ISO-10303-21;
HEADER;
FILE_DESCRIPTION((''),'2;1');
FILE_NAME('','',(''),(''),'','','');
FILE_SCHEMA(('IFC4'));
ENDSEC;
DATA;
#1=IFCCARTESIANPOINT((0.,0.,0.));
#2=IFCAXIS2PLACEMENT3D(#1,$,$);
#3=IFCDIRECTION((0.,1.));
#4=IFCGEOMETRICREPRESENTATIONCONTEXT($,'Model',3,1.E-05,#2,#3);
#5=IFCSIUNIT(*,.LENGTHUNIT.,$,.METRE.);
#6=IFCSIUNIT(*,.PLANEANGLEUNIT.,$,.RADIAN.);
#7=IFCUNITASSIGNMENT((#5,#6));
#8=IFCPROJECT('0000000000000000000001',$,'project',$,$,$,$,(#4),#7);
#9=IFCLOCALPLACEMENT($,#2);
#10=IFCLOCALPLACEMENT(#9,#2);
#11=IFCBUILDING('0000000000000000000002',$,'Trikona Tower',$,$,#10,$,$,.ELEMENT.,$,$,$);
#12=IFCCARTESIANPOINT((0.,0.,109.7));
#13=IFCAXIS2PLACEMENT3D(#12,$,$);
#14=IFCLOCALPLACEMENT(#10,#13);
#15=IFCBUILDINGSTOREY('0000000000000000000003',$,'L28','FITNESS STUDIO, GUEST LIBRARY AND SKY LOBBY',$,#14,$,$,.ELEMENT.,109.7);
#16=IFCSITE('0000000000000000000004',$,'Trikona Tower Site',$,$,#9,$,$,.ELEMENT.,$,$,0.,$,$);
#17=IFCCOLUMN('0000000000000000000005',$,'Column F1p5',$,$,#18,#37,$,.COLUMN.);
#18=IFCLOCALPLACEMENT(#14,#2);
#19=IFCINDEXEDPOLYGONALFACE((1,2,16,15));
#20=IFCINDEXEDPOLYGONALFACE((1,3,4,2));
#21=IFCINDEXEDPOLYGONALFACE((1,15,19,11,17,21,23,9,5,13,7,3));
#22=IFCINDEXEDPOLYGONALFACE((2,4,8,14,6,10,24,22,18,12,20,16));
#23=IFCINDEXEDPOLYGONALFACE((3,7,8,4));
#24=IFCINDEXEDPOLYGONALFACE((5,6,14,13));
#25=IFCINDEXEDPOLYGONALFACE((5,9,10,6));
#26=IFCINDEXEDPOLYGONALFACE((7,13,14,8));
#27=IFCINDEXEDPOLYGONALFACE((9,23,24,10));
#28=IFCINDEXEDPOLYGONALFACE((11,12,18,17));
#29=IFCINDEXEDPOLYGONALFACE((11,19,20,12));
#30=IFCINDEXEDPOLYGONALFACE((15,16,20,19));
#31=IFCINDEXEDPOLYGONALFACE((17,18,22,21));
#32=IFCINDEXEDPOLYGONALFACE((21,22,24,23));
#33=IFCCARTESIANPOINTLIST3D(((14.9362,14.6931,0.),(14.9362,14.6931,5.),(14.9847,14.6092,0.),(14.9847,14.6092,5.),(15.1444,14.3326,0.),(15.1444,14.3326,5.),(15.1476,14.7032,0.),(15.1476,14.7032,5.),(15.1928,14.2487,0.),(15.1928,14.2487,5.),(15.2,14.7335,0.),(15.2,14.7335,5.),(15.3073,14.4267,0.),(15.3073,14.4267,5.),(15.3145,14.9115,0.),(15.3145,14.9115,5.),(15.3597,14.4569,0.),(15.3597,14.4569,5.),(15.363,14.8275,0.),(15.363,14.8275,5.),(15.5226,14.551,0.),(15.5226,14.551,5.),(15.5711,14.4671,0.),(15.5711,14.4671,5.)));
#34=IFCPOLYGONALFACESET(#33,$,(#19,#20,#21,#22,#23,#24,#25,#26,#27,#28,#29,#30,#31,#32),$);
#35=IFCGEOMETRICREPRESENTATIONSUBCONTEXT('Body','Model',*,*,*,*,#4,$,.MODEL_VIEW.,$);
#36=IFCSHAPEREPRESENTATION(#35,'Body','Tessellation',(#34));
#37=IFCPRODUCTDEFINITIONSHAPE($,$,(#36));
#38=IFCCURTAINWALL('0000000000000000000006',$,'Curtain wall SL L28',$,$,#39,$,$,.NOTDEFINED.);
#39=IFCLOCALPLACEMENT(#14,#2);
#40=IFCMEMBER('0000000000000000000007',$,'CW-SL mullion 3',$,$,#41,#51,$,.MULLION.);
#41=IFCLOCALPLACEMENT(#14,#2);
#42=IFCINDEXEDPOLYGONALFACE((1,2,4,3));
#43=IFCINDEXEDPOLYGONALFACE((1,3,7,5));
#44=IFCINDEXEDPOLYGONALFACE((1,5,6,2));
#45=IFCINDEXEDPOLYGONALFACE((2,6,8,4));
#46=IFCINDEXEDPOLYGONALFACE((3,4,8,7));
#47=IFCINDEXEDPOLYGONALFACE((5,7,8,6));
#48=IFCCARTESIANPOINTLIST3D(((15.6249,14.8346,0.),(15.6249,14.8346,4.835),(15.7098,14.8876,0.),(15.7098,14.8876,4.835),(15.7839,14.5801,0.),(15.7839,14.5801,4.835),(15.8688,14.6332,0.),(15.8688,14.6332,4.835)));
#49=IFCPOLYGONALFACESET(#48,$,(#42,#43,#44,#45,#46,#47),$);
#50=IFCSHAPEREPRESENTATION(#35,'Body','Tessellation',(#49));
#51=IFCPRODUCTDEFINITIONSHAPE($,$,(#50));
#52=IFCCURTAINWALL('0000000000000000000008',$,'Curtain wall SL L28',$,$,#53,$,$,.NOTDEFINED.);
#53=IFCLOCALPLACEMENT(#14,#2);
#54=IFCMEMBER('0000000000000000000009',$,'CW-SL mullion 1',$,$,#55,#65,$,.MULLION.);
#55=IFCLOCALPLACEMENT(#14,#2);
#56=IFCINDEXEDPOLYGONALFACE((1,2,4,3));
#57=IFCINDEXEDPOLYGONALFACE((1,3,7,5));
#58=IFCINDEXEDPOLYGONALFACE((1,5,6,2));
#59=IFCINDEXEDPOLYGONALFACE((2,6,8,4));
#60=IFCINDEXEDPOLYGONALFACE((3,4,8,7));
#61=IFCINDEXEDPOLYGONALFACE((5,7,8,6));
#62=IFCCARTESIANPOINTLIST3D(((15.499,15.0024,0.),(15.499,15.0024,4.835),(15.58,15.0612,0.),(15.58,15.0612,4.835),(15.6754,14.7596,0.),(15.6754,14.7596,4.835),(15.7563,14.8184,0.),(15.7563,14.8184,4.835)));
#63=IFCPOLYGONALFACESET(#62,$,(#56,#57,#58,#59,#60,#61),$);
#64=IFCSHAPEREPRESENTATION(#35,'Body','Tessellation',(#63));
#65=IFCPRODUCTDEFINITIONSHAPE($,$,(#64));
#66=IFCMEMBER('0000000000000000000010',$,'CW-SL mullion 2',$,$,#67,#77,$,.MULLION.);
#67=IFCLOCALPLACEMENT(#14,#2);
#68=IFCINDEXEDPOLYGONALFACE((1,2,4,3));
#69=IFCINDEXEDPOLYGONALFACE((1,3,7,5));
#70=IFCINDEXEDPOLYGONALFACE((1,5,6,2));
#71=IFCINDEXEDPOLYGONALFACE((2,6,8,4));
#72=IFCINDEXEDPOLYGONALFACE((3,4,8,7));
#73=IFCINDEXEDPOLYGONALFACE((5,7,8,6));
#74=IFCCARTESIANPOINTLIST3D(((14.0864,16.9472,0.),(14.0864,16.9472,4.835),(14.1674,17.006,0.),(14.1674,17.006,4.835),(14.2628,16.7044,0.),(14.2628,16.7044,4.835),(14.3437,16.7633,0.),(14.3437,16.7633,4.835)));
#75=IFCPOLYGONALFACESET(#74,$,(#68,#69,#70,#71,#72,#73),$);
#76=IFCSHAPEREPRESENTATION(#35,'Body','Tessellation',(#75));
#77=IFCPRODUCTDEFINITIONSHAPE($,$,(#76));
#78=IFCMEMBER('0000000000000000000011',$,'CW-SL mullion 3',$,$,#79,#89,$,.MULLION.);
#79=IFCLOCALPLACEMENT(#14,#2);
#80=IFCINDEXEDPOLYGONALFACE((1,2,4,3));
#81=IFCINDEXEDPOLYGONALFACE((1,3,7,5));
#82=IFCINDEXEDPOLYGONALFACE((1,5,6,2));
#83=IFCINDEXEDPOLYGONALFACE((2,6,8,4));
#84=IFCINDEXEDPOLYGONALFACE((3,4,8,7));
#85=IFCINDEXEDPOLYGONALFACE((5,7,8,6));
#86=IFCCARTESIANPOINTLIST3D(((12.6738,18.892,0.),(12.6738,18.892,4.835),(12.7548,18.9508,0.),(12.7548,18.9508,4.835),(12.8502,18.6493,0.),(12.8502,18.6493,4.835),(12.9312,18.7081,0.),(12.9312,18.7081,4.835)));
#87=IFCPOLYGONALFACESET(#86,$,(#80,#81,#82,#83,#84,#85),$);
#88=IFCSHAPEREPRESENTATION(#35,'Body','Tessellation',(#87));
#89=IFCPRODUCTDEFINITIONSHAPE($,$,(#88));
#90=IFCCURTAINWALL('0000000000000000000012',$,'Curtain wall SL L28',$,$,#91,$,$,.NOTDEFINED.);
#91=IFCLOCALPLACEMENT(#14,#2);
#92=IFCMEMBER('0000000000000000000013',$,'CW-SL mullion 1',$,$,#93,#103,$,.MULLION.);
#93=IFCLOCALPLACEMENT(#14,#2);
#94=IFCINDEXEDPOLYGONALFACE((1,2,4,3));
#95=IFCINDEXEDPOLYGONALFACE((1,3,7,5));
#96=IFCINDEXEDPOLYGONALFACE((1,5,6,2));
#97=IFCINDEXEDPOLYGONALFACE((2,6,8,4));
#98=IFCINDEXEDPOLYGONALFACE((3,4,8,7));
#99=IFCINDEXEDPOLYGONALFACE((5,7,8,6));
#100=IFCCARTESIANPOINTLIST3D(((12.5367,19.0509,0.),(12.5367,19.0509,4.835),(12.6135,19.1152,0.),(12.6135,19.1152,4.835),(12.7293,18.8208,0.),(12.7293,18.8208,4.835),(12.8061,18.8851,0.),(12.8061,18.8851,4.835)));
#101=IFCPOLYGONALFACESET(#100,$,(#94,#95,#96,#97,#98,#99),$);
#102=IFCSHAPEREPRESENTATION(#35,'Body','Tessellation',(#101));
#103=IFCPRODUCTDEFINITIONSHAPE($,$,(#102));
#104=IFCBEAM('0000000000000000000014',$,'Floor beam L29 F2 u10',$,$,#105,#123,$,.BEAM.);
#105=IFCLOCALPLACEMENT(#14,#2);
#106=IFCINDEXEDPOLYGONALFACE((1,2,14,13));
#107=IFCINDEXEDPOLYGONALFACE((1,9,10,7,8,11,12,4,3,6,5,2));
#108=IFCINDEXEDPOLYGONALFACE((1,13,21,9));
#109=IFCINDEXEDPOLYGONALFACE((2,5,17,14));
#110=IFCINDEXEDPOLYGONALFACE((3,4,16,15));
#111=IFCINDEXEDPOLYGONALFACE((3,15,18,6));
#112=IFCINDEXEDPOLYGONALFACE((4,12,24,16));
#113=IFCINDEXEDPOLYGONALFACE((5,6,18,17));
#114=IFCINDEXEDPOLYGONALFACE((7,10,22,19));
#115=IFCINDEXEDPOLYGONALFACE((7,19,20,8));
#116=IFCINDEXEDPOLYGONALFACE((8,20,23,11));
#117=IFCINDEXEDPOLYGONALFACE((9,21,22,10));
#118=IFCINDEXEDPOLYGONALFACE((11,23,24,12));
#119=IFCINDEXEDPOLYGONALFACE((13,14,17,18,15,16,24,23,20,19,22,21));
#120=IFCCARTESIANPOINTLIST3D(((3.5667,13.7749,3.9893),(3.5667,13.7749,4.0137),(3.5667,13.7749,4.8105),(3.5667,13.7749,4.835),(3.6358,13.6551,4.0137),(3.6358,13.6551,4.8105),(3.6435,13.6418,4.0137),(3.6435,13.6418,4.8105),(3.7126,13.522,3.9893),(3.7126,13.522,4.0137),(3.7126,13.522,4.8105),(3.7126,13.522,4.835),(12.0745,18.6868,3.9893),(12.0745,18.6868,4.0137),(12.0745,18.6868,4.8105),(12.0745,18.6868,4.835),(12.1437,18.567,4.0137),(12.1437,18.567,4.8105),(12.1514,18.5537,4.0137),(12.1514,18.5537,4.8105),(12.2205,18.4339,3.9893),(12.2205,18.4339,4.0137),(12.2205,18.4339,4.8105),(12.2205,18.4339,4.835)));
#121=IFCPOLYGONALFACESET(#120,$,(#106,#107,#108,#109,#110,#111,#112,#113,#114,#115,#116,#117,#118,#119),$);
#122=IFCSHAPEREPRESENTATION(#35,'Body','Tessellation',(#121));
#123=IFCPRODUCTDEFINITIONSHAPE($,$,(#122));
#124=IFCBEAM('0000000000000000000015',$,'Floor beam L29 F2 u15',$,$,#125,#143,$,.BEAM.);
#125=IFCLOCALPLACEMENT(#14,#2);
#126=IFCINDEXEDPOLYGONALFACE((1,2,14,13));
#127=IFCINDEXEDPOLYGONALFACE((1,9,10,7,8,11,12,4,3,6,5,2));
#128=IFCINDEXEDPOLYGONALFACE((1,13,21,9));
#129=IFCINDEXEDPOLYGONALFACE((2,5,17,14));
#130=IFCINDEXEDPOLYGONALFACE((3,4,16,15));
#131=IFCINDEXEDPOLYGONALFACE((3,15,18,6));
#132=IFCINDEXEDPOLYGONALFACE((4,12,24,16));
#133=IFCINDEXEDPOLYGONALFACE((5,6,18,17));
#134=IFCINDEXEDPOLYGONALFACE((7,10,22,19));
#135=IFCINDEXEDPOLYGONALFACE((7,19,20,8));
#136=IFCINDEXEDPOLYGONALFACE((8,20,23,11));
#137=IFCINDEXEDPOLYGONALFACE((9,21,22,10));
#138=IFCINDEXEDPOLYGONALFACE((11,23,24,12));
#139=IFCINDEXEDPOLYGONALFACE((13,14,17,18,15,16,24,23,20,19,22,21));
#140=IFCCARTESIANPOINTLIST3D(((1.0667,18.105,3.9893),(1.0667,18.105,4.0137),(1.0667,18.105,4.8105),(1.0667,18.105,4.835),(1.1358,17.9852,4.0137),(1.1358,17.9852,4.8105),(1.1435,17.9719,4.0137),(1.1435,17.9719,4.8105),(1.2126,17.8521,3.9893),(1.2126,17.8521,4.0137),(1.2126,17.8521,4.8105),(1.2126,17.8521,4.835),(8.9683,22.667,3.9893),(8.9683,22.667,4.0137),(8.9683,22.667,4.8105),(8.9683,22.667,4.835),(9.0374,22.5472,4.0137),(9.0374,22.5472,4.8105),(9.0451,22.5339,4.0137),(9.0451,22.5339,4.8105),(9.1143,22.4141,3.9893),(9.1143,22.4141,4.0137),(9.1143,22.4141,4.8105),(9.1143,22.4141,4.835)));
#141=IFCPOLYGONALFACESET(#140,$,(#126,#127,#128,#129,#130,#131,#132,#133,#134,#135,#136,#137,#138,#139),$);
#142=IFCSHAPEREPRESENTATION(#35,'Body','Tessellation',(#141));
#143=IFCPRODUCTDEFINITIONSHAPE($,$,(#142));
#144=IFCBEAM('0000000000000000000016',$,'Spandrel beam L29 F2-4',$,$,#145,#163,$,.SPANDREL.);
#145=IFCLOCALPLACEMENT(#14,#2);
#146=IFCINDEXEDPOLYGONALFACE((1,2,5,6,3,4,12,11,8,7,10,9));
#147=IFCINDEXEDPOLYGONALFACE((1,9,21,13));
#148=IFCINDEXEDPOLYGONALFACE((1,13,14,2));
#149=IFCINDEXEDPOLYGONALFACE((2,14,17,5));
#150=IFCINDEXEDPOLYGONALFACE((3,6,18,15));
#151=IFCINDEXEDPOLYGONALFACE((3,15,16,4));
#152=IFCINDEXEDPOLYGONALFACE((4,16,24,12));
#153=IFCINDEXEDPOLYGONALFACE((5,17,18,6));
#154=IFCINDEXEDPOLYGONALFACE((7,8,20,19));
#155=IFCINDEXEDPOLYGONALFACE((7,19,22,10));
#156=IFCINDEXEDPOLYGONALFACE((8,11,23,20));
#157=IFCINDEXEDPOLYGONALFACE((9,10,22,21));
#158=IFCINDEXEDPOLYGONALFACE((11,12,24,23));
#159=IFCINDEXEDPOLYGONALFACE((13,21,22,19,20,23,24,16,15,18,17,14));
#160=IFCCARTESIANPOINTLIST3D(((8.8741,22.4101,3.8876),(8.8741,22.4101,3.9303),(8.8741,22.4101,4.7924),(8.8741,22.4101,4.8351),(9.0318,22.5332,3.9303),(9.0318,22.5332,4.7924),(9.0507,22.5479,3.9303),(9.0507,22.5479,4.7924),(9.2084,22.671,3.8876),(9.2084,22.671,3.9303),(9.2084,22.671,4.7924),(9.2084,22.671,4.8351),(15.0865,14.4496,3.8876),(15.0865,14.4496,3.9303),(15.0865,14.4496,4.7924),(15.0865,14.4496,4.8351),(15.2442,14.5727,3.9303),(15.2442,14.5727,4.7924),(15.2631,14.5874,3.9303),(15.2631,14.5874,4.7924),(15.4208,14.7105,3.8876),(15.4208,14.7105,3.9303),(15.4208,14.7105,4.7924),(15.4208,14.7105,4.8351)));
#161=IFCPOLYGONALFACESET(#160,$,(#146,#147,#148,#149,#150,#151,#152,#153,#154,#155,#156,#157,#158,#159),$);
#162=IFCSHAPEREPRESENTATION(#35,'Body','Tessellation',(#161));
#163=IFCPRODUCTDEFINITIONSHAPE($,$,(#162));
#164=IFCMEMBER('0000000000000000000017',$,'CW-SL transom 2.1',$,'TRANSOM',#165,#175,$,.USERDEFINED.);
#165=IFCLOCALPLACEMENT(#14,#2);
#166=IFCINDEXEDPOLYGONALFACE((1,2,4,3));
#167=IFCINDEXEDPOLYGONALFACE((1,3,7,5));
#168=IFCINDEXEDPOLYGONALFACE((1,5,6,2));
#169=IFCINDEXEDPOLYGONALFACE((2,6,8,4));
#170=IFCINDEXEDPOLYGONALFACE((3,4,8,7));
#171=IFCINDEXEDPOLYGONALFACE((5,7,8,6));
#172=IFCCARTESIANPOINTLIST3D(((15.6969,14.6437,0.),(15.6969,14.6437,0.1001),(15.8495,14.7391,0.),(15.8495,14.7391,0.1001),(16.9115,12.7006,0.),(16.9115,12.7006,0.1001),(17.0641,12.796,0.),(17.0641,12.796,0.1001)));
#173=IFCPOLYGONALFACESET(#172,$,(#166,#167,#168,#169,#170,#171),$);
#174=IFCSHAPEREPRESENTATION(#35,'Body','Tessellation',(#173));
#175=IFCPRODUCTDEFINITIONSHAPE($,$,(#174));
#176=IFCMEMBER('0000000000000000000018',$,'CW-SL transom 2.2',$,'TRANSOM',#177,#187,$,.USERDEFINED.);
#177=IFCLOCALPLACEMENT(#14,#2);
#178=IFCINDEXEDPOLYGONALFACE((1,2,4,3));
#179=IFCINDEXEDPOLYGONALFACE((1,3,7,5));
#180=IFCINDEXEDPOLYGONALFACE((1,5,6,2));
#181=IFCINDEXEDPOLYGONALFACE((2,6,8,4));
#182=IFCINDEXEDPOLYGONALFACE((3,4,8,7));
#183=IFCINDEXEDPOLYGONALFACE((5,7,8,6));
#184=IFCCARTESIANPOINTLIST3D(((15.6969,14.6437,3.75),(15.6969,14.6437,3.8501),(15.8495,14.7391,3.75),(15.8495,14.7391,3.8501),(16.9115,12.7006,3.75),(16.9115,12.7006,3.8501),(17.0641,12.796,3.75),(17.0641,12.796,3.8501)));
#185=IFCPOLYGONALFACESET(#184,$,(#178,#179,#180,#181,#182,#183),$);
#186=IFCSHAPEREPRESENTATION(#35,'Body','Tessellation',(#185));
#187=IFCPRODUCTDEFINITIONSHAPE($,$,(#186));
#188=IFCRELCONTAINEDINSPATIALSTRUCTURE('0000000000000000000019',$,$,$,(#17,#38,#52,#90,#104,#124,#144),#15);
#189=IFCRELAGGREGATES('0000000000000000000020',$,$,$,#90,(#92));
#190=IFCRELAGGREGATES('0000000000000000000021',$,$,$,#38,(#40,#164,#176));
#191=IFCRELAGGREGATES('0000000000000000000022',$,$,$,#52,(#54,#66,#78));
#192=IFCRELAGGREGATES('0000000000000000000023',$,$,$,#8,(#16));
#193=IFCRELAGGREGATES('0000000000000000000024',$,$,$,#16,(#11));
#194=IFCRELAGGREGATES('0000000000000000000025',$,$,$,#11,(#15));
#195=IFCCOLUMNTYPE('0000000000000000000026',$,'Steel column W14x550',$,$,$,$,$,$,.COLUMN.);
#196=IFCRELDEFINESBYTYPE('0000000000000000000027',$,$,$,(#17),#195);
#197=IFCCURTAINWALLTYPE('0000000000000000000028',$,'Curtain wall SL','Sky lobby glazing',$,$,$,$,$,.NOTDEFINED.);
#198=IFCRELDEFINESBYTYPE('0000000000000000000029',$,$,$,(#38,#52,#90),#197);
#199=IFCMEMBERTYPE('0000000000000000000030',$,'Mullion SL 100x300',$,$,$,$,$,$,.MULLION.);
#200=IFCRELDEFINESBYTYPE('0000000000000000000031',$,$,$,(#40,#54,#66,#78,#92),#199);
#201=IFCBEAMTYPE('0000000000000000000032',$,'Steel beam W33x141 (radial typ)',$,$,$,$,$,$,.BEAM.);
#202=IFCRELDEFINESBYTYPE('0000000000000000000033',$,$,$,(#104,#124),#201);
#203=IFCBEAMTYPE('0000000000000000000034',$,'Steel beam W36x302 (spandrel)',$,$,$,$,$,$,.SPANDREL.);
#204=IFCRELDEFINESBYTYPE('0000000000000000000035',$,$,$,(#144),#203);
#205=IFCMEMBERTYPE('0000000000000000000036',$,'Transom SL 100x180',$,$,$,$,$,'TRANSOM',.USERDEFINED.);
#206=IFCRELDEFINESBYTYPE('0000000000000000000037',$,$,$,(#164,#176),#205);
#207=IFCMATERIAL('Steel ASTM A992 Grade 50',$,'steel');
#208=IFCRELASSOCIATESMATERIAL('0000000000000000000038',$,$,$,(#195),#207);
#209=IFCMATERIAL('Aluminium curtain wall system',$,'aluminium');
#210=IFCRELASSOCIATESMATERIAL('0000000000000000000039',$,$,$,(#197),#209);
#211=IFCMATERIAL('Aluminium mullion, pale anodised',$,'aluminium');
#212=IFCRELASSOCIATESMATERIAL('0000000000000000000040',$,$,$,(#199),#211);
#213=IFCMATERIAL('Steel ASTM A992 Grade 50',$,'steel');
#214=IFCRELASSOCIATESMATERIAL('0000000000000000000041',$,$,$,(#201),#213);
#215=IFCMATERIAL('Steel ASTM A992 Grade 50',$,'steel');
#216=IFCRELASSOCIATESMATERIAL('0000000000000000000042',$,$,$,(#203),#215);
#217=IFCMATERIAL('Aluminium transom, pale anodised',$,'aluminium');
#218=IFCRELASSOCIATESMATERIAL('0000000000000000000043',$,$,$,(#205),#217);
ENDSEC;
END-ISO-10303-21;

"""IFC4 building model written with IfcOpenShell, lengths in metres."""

from ifc_helpers import new_model, si_unit, direction, frame, origin, origin_2d, place, context, subcontext, project, spatial, rectangle, i_section, extrude, material, material_profile, profile_set, type_object, element, aggregate, save


model = new_model("IFC4")

# Units and contexts
model_context = context("Model", 3, precision=1e-05, world=origin(), true_north=direction((0.0, 1.0)))
body_context = subcontext(model_context, "Body", "Model", "MODEL_VIEW")
ifc_project = project(units=[si_unit("LENGTHUNIT", "METRE"), si_unit("PLANEANGLEUNIT", "RADIAN")], contexts=[model_context])

# Site, building, storey
site_placement = place(None, origin())
site = spatial("IfcSite", under=ifc_project, at=site_placement, Name="Trikona Tower Site", CompositionType="ELEMENT", RefElevation=0.0)
building_placement = place(site_placement, origin())
building = spatial("IfcBuilding", under=site, at=building_placement, Name="Trikona Tower", CompositionType="ELEMENT")
storey_placement = place(building_placement, frame((0.0, 0.0, 109.7)))
storey = spatial("IfcBuildingStorey", under=building, at=storey_placement, Name="L28", Description="FITNESS STUDIO, GUEST LIBRARY AND SKY LOBBY", CompositionType="ELEMENT", Elevation=109.7)

# Column
ifc_material_1 = material(Name="Steel ASTM A992 Grade 50", Category="steel")
ifc_material_profile_1 = material_profile(ifc_material_1, i_section(OverallWidth=0.4368, OverallDepth=0.5132, WebThickness=0.0605, FlangeThickness=0.0969, at=origin_2d()), Name="W14X550")
ifc_profile_set_1 = profile_set([ifc_material_profile_1], Name="Steel ASTM A992 Grade 50")
column_type = type_object("IfcColumnType", Name="Steel column W14x550", PredefinedType="COLUMN", material=ifc_profile_set_1)
column_placement = place(storey_placement, frame((15.2537, 14.5801, 0.0), z_axis=(0.0, 0.0, 1.0), x_axis=(0.866025, 0.5, 0.0)))
element("IfcColumn", 1, at=column_placement, inside=storey, type_object=column_type, Name="Column F1p5", PredefinedType="COLUMN", context=body_context, shape_type="SweptSolid", body=[
    extrude(i_section(OverallWidth=0.4368, OverallDepth=0.5132, WebThickness=0.0605, FlangeThickness=0.0969, at=origin_2d()), origin(), (0.0, 0.0, 1.0), 5.0),
])

# Curtain wall, member
ifc_material_2 = material(Name="Aluminium curtain wall system", Category="aluminium")
curtain_wall_type = type_object("IfcCurtainWallType", Name="Curtain wall SL", Description="Sky lobby glazing", PredefinedType="NOTDEFINED", material=ifc_material_2)
curtain_wall_1_placement = place(storey_placement, origin())
curtain_wall_1 = element("IfcCurtainWall", 2, at=curtain_wall_1_placement, inside=storey, type_object=curtain_wall_type, Name="Curtain wall SL L28", PredefinedType="NOTDEFINED")
ifc_material_3 = material(Name="Aluminium mullion, pale anodised", Category="aluminium")
ifc_material_profile_2 = material_profile(ifc_material_3, rectangle(XDim=0.1001, YDim=0.3, at=origin_2d()), Name="MUL-SL")
ifc_profile_set_2 = profile_set([ifc_material_profile_2], Name="Aluminium mullion, pale anodised")
member_type_1 = type_object("IfcMemberType", Name="Mullion SL 100x300", PredefinedType="MULLION", material=ifc_profile_set_2)
member_1_placement = place(storey_placement, frame((15.7468, 14.7339, 0.0), z_axis=(0.0, 0.0, 1.0), x_axis=(-0.847998, -0.529999, 0.0)))
member_1 = element("IfcMember", 3, at=member_1_placement, type_object=member_type_1, Name="CW-SL mullion 3", PredefinedType="MULLION", context=body_context, shape_type="SweptSolid", body=[
    extrude(rectangle(XDim=0.1001, YDim=0.3, at=origin_2d()), origin(), (0.0, 0.0, 1.0), 4.835),
])

# Curtain wall, members
curtain_wall_2_placement = place(storey_placement, origin())
curtain_wall_2 = element("IfcCurtainWall", 4, at=curtain_wall_2_placement, inside=storey, type_object=curtain_wall_type, Name="Curtain wall SL L28", PredefinedType="NOTDEFINED")
member_2_placement = place(storey_placement, frame((15.6277, 14.9104, 0.0), z_axis=(0.0, 0.0, 1.0), x_axis=(-0.809095, -0.587677, 0.0)))
member_2 = element("IfcMember", 5, at=member_2_placement, type_object=member_type_1, Name="CW-SL mullion 1", PredefinedType="MULLION", context=body_context, shape_type="SweptSolid", body=[
    extrude(rectangle(XDim=0.1001, YDim=0.3, at=origin_2d()), origin(), (0.0, 0.0, 1.0), 4.835),
])
member_3_placement = place(storey_placement, frame((14.2151, 16.8552, 0.0), z_axis=(0.0, 0.0, 1.0), x_axis=(-0.809095, -0.587677, 0.0)))
member_3 = element("IfcMember", 6, at=member_3_placement, type_object=member_type_1, Name="CW-SL mullion 2", PredefinedType="MULLION", context=body_context, shape_type="SweptSolid", body=[
    extrude(rectangle(XDim=0.1001, YDim=0.3, at=origin_2d()), origin(), (0.0, 0.0, 1.0), 4.835),
])
member_4_placement = place(storey_placement, frame((12.8025, 18.8, 0.0), z_axis=(0.0, 0.0, 1.0), x_axis=(-0.809095, -0.587677, 0.0)))
member_4 = element("IfcMember", 7, at=member_4_placement, type_object=member_type_1, Name="CW-SL mullion 3", PredefinedType="MULLION", context=body_context, shape_type="SweptSolid", body=[
    extrude(rectangle(XDim=0.1001, YDim=0.3, at=origin_2d()), origin(), (0.0, 0.0, 1.0), 4.835),
])

# Curtain wall, member
curtain_wall_3_placement = place(storey_placement, origin())
curtain_wall_3 = element("IfcCurtainWall", 8, at=curtain_wall_3_placement, inside=storey, type_object=curtain_wall_type, Name="Curtain wall SL L28", PredefinedType="NOTDEFINED")
member_5_placement = place(storey_placement, frame((12.6714, 18.968, 0.0), z_axis=(0.0, 0.0, 1.0), x_axis=(-0.766867, -0.641806, 0.0)))
member_5 = element("IfcMember", 9, at=member_5_placement, type_object=member_type_1, Name="CW-SL mullion 1", PredefinedType="MULLION", context=body_context, shape_type="SweptSolid", body=[
    extrude(rectangle(XDim=0.1001, YDim=0.3, at=origin_2d()), origin(), (0.0, 0.0, 1.0), 4.835),
])

# Beams
ifc_material_4 = material(Name="Steel ASTM A992 Grade 50", Category="steel")
ifc_material_profile_3 = material_profile(ifc_material_4, i_section(OverallWidth=0.292, OverallDepth=0.8457, WebThickness=0.0154, FlangeThickness=0.0244, at=origin_2d()), Name="W33X141")
ifc_profile_set_3 = profile_set([ifc_material_profile_3], Name="Steel ASTM A992 Grade 50")
beam_type_1 = type_object("IfcBeamType", Name="Steel beam W33x141 (radial typ)", PredefinedType="BEAM", material=ifc_profile_set_3)
beam_1_placement = place(storey_placement, frame((3.6396, 13.6484, 4.4121), z_axis=(0.866031, 0.499991, 0.0), x_axis=(-0.499991, 0.866031, 0.0)))
element("IfcBeam", 10, at=beam_1_placement, inside=storey, type_object=beam_type_1, Name="Floor beam L29 F2 u10", PredefinedType="BEAM", context=body_context, shape_type="SweptSolid", body=[
    extrude(i_section(OverallWidth=0.292, OverallDepth=0.8457, WebThickness=0.0154, FlangeThickness=0.0244, at=origin_2d()), origin(), (0.0, 0.0, 1.0), 9.824),
])
beam_2_placement = place(storey_placement, frame((1.1396, 17.9785, 4.4121), z_axis=(0.866025, 0.500001, 0.0), x_axis=(-0.500001, 0.866025, 0.0)))
element("IfcBeam", 11, at=beam_2_placement, inside=storey, type_object=beam_type_1, Name="Floor beam L29 F2 u15", PredefinedType="BEAM", context=body_context, shape_type="SweptSolid", body=[
    extrude(i_section(OverallWidth=0.292, OverallDepth=0.8457, WebThickness=0.0154, FlangeThickness=0.0244, at=origin_2d()), origin(), (0.0, 0.0, 1.0), 9.124),
])
ifc_material_5 = material(Name="Steel ASTM A992 Grade 50", Category="steel")
ifc_material_profile_4 = material_profile(ifc_material_5, i_section(OverallWidth=0.4241, OverallDepth=0.9475, WebThickness=0.0239, FlangeThickness=0.0427, at=origin_2d()), Name="W36X302")
ifc_profile_set_4 = profile_set([ifc_material_profile_4], Name="Steel ASTM A992 Grade 50")
beam_type_2 = type_object("IfcBeamType", Name="Steel beam W36x302 (spandrel)", PredefinedType="SPANDREL", material=ifc_profile_set_4)
beam_3_placement = place(storey_placement, frame((15.2537, 14.5801, 4.3613), z_axis=(-0.615232, 0.788346, 0.0), x_axis=(-0.788346, -0.615232, 0.0)))
element("IfcBeam", 12, at=beam_3_placement, inside=storey, type_object=beam_type_2, Name="Spandrel beam L29 F2-4", PredefinedType="SPANDREL", context=body_context, shape_type="SweptSolid", body=[
    extrude(i_section(OverallWidth=0.4241, OverallDepth=0.9475, WebThickness=0.0239, FlangeThickness=0.0427, at=origin_2d()), origin(), (0.0, 0.0, 1.0), 10.0977),
])

# Members
ifc_material_6 = material(Name="Aluminium transom, pale anodised", Category="aluminium")
ifc_material_profile_5 = material_profile(ifc_material_6, rectangle(XDim=0.1799, YDim=0.1001, at=origin_2d()), Name="TRN-SL")
ifc_profile_set_5 = profile_set([ifc_material_profile_5], Name="Aluminium transom, pale anodised")
member_type_2 = type_object("IfcMemberType", Name="Transom SL 100x180", ElementType="TRANSOM", PredefinedType="USERDEFINED", material=ifc_profile_set_5)
member_6_placement = place(storey_placement, frame((16.9878, 12.7483, 0.05), z_axis=(-0.530047, 0.847968, 0.0), x_axis=(-0.847968, -0.530047, 0.0)))
member_6 = element("IfcMember", 13, at=member_6_placement, type_object=member_type_2, Name="CW-SL transom 2.1", ObjectType="TRANSOM", PredefinedType="USERDEFINED", context=body_context, shape_type="SweptSolid", body=[
    extrude(rectangle(XDim=0.1799, YDim=0.1001, at=origin_2d()), origin(), (0.0, 0.0, 1.0), 2.2915),
])
member_7_placement = place(storey_placement, frame((16.9878, 12.7483, 3.8), z_axis=(-0.530047, 0.847968, 0.0), x_axis=(-0.847968, -0.530047, 0.0)))
member_7 = element("IfcMember", 14, at=member_7_placement, type_object=member_type_2, Name="CW-SL transom 2.2", ObjectType="TRANSOM", PredefinedType="USERDEFINED", context=body_context, shape_type="SweptSolid", body=[
    extrude(rectangle(XDim=0.1799, YDim=0.1001, at=origin_2d()), origin(), (0.0, 0.0, 1.0), 2.2915),
])
aggregate(curtain_wall_3, [member_5])

aggregate(curtain_wall_1, [member_1, member_6, member_7])
aggregate(curtain_wall_2, [member_2, member_3, member_4])

save(model, "model.ifc")
